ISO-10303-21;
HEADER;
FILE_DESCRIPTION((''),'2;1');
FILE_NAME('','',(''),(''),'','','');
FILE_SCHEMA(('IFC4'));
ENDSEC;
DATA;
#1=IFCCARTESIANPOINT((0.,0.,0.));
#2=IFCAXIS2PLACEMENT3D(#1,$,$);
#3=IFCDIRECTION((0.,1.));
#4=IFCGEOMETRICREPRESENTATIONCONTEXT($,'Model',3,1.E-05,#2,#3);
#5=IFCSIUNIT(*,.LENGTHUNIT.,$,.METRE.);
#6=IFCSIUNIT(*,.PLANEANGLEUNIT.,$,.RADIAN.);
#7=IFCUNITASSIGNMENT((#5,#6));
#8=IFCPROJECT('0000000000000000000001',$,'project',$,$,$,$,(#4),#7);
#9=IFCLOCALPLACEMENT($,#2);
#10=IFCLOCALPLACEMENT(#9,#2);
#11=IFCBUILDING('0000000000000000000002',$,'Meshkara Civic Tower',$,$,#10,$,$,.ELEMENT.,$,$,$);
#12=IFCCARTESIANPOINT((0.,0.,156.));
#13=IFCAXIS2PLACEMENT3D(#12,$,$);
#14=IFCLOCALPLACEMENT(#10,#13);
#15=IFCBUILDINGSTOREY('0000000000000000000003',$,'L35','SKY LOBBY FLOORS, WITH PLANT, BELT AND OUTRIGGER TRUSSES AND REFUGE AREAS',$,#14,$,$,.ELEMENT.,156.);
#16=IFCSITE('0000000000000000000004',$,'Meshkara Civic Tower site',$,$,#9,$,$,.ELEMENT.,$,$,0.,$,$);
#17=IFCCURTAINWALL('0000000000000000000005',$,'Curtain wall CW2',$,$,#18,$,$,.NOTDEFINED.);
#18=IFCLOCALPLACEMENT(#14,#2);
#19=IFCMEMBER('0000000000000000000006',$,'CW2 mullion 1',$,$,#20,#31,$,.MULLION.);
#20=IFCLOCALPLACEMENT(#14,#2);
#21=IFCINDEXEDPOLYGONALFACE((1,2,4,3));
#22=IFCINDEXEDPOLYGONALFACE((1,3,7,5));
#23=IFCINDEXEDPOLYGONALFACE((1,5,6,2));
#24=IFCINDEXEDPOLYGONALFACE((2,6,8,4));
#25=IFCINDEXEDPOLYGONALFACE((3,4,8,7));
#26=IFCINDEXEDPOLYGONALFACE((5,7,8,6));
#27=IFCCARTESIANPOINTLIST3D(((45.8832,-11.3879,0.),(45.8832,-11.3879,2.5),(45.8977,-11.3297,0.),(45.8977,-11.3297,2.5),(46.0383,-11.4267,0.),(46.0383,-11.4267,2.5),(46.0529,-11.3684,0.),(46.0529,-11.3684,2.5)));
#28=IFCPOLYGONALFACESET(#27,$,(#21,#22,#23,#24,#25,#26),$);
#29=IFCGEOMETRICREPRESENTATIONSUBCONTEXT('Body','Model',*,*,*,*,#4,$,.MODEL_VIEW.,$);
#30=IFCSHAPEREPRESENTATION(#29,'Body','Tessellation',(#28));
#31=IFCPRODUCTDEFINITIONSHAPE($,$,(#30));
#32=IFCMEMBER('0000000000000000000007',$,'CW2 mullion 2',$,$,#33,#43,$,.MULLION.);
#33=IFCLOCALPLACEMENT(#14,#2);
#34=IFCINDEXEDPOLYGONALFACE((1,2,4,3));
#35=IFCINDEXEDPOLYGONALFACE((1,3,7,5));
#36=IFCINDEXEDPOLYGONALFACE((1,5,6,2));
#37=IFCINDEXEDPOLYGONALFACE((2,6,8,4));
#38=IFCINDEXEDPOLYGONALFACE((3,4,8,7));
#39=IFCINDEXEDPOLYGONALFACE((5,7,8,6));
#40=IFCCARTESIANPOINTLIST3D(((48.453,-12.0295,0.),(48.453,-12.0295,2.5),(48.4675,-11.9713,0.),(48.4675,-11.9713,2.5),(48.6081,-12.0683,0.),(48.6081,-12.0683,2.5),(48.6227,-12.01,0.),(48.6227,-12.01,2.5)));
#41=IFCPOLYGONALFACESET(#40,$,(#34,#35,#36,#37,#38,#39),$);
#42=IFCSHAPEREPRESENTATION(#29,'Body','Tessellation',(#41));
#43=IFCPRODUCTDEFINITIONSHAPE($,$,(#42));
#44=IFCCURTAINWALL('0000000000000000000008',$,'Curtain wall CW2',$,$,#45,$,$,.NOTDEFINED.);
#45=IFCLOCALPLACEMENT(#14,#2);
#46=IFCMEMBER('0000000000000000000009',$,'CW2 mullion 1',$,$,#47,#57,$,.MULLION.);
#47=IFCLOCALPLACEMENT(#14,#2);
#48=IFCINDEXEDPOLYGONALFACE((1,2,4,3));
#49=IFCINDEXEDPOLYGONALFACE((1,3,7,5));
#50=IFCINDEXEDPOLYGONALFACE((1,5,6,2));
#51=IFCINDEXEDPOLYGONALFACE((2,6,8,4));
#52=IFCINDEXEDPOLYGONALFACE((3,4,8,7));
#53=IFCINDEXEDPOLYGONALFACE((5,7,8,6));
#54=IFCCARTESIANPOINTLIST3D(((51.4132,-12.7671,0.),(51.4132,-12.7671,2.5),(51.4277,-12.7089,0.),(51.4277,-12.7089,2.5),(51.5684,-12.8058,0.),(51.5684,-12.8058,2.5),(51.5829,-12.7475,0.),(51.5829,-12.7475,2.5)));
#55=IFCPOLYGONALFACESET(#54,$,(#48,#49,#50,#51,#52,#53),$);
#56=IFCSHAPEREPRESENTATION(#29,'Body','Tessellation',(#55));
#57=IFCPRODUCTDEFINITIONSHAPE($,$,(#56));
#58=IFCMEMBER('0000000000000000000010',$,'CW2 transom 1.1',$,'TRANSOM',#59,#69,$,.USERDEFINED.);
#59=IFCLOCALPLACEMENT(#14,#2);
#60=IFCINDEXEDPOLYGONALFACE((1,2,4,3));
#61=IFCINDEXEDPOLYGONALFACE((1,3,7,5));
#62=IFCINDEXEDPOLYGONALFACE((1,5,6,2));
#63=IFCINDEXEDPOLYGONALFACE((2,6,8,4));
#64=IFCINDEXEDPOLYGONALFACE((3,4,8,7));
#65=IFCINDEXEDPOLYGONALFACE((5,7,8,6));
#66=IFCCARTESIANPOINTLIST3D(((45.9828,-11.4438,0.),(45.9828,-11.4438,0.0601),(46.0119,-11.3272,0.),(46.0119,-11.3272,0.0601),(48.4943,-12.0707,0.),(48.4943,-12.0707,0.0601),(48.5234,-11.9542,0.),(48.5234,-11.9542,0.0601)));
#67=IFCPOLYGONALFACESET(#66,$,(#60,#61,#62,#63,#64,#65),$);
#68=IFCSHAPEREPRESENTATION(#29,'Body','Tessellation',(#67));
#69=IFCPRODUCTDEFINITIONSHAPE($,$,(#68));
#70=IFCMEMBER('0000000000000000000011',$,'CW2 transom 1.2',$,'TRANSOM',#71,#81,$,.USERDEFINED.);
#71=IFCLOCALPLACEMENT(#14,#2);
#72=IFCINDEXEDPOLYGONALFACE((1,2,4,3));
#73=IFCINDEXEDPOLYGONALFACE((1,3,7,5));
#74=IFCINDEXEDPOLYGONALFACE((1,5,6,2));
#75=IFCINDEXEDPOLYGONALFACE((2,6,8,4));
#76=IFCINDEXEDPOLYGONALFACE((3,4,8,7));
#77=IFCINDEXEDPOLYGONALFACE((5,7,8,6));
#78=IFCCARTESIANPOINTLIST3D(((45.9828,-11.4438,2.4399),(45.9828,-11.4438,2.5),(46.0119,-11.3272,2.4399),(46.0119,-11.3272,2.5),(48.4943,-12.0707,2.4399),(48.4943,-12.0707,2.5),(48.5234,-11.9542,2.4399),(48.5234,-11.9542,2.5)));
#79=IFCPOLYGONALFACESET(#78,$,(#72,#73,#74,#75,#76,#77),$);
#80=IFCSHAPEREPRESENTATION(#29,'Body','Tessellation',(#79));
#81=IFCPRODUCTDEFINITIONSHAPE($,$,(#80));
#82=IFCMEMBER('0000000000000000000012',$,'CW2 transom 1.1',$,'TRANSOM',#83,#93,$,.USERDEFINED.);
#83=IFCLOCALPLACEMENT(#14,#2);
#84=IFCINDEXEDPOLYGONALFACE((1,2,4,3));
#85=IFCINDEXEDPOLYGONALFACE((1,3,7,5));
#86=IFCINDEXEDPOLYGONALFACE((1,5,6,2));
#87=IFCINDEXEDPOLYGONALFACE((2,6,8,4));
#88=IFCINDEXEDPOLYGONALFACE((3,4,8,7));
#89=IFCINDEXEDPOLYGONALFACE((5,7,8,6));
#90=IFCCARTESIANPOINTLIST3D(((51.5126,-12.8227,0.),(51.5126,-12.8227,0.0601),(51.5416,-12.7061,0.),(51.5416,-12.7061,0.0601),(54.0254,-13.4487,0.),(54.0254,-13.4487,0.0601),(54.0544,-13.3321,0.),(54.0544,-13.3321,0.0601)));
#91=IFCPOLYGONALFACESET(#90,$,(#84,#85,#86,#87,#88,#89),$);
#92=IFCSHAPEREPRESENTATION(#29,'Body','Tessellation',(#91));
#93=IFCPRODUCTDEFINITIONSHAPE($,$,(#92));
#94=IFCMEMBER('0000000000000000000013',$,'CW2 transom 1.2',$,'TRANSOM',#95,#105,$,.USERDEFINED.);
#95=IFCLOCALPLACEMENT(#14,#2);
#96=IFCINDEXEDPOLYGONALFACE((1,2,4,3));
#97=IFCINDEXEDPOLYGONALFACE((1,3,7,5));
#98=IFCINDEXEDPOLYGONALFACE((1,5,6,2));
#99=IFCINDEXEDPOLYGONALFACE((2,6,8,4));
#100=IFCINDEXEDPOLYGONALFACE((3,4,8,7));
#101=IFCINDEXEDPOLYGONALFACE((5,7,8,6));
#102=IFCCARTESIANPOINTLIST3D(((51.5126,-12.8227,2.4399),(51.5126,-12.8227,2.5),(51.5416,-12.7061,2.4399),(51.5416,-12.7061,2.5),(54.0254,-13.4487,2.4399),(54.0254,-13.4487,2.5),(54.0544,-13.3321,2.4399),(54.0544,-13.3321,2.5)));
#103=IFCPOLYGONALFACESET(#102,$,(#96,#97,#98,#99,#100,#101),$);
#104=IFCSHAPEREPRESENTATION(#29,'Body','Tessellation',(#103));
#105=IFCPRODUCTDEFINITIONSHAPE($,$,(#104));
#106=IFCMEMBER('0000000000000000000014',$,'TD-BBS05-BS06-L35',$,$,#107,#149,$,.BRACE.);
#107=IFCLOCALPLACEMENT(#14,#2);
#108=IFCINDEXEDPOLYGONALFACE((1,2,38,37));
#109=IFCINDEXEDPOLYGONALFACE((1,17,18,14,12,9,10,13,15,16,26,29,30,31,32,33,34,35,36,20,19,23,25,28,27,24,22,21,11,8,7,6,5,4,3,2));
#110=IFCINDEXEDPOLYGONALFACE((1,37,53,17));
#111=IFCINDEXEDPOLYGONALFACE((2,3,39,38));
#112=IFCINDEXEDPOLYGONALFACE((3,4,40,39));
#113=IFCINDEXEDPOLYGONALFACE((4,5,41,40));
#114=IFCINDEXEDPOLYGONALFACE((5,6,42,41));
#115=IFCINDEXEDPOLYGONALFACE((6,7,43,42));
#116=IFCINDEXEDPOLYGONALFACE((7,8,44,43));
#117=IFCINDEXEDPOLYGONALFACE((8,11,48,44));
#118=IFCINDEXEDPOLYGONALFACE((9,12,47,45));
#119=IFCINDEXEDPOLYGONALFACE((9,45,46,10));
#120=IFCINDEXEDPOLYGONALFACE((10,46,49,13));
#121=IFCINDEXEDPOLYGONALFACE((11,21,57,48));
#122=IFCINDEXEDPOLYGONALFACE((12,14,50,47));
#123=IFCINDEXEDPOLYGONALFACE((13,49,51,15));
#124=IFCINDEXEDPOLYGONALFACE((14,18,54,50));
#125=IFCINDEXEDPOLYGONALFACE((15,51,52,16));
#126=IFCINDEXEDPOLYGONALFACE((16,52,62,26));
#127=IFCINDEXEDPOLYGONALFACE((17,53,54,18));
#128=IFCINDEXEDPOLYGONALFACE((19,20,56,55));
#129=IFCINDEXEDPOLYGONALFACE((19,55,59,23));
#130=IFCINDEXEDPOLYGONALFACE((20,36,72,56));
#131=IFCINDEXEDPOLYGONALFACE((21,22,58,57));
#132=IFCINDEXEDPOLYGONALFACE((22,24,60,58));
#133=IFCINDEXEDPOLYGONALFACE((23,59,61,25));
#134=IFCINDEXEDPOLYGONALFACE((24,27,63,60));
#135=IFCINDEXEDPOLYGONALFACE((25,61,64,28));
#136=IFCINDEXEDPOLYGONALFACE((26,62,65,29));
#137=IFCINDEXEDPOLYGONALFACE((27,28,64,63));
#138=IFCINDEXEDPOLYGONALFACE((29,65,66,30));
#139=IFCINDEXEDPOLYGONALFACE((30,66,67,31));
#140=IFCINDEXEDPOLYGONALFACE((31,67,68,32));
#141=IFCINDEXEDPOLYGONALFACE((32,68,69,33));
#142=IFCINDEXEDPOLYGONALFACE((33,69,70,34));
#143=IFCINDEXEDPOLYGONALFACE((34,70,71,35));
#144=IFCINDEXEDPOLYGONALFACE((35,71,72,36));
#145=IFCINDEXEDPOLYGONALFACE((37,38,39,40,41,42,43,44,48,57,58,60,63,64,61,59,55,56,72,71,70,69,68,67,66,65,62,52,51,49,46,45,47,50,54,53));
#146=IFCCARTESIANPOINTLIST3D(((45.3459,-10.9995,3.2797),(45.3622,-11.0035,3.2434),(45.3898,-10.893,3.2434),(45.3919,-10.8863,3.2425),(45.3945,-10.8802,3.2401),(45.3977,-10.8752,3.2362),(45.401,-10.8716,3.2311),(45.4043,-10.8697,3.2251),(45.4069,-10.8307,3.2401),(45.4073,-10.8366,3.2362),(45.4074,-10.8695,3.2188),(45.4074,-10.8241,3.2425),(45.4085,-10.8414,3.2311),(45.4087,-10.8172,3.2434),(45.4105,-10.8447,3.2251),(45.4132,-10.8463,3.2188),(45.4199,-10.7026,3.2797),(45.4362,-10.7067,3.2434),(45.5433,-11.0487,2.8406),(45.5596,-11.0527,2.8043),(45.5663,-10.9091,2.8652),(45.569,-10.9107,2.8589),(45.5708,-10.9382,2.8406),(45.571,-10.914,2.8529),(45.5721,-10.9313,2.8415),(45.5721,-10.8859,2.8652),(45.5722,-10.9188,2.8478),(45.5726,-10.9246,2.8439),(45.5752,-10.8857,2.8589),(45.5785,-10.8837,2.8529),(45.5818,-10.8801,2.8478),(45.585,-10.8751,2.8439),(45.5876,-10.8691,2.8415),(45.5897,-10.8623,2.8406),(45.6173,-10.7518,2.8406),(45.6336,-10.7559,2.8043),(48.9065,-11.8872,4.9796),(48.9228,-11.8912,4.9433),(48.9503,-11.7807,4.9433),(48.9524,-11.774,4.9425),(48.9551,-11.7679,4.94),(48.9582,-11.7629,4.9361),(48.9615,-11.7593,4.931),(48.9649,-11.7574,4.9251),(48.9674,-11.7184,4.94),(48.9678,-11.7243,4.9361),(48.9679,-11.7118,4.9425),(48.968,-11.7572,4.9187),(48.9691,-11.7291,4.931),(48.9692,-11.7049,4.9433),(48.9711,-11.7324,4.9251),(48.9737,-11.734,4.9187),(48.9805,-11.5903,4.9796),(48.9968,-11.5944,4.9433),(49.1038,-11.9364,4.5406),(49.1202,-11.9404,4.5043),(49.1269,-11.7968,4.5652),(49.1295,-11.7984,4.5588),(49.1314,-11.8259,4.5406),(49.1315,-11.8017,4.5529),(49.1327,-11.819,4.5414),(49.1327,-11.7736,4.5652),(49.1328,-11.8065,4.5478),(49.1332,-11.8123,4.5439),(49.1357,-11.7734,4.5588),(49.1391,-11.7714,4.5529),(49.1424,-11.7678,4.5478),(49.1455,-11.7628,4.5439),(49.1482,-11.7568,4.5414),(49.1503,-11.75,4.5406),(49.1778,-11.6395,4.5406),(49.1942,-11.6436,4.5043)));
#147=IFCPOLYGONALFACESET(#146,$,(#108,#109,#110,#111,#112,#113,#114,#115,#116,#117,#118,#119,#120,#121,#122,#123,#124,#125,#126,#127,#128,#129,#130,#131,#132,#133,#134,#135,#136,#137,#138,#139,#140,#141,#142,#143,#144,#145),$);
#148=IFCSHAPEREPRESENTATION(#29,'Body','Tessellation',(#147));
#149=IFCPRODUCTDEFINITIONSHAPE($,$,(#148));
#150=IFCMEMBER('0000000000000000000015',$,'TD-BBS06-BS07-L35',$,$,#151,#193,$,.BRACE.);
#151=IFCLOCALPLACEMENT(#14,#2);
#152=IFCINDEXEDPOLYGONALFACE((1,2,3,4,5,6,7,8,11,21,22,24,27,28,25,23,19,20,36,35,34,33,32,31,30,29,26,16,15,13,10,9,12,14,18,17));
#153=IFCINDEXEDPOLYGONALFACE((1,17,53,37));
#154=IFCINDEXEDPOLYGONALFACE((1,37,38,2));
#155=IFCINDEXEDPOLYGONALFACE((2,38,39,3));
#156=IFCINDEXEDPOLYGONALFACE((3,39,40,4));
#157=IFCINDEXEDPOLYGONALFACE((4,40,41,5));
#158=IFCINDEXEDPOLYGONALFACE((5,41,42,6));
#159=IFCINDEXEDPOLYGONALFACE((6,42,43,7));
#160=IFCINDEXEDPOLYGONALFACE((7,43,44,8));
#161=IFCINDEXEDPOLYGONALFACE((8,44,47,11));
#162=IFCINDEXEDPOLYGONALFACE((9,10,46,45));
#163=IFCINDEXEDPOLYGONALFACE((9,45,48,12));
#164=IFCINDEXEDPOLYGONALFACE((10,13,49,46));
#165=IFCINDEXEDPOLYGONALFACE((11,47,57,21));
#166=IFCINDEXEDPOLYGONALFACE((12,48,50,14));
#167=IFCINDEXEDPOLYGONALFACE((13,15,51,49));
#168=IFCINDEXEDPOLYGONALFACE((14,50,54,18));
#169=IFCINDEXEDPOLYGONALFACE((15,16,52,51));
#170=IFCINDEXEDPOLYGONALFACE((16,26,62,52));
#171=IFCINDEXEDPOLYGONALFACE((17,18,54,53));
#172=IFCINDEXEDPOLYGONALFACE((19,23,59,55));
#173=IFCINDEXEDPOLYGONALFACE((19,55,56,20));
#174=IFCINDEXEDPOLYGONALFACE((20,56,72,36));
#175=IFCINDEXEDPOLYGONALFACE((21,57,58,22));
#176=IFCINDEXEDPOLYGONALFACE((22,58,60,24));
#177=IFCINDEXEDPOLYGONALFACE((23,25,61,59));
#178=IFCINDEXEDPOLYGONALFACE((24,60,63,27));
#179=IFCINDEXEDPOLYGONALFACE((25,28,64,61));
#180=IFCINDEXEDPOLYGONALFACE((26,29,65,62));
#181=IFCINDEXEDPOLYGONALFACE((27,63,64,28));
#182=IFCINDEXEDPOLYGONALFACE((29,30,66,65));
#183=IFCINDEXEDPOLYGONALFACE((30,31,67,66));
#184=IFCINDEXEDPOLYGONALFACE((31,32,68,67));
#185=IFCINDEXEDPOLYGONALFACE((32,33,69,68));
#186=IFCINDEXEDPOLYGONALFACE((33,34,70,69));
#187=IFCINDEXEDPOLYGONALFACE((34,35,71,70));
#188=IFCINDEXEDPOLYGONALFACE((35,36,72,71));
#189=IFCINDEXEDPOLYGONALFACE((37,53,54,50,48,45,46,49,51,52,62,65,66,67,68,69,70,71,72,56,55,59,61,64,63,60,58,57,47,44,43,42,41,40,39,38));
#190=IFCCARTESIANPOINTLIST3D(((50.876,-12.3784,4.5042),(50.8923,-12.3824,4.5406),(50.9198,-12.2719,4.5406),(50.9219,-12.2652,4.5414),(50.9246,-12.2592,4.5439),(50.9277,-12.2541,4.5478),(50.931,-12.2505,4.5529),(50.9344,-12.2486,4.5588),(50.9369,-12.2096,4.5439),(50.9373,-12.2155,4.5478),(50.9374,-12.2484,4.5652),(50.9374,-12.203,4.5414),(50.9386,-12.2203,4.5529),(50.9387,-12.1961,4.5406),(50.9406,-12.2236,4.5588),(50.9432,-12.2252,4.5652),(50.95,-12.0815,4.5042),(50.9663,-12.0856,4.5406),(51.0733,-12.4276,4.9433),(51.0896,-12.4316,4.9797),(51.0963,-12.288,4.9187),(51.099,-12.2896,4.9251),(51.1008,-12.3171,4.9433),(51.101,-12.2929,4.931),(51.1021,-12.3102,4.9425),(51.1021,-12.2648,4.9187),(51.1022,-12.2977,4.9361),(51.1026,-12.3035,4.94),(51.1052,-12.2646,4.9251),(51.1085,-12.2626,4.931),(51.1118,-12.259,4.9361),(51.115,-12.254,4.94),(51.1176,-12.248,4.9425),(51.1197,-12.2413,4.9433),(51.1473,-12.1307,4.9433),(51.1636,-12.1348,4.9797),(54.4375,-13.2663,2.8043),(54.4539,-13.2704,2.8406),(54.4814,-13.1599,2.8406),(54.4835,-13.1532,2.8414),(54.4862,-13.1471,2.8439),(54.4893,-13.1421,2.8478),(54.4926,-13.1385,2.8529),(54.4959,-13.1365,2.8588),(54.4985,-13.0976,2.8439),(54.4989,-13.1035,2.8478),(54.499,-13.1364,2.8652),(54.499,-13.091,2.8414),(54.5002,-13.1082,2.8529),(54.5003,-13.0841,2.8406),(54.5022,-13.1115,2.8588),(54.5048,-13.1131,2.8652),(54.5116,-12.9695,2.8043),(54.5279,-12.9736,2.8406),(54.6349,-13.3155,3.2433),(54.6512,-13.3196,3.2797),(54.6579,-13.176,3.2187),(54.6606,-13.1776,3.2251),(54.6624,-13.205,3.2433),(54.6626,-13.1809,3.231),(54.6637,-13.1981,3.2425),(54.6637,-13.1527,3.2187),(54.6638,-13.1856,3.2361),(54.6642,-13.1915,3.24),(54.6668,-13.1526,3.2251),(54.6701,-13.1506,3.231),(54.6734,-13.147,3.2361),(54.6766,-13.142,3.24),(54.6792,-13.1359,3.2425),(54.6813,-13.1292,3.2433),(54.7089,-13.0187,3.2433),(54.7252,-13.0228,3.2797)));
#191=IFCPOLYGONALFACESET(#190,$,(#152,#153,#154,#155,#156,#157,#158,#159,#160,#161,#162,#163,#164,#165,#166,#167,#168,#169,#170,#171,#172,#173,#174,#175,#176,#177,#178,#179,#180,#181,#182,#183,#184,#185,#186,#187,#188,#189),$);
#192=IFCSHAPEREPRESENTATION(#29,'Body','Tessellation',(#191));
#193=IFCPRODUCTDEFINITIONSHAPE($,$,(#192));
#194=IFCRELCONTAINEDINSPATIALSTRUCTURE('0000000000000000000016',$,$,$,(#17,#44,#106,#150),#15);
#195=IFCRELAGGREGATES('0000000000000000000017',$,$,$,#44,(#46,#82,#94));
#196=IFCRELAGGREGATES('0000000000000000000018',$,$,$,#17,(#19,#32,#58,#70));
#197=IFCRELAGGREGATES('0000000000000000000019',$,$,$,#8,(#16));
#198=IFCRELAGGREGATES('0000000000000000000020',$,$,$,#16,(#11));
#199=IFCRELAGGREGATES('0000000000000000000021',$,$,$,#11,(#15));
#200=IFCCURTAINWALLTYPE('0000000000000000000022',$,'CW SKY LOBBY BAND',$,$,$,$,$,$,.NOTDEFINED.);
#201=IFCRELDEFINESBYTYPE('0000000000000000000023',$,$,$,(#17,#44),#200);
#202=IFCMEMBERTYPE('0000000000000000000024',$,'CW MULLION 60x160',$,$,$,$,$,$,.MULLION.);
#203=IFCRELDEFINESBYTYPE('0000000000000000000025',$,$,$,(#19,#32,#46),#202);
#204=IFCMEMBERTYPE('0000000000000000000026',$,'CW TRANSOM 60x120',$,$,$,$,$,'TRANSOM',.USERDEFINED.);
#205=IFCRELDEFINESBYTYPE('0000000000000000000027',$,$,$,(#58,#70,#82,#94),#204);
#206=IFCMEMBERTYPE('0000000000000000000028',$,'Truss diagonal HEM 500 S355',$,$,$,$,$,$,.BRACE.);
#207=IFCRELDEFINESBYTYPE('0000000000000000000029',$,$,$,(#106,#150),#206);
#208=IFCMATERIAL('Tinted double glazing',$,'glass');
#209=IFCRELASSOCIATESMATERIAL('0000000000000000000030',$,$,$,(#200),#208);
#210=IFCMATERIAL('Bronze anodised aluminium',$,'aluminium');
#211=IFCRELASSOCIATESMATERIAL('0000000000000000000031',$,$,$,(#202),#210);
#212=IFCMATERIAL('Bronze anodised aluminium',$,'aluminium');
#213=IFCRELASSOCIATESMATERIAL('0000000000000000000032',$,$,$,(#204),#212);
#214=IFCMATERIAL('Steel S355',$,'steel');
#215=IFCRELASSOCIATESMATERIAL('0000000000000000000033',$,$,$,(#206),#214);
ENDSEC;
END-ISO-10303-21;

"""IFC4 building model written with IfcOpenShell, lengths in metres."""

from ifc_helpers import new_model, si_unit, direction, frame, origin, origin_2d, place, context, subcontext, project, spatial, rectangle, i_section, extrude, material, material_profile, profile_set, type_object, element, aggregate, save


model = new_model("IFC4")

# Units and contexts
model_context = context("Model", 3, precision=1e-05, world=origin(), true_north=direction((0.0, 1.0)))
body_context = subcontext(model_context, "Body", "Model", "MODEL_VIEW")
ifc_project = project(units=[si_unit("LENGTHUNIT", "METRE"), si_unit("PLANEANGLEUNIT", "RADIAN")], contexts=[model_context])

# Site, building, storey
site_placement = place(None, origin())
site = spatial("IfcSite", under=ifc_project, at=site_placement, Name="Meshkara Civic Tower site", CompositionType="ELEMENT", RefElevation=0.0)
building_placement = place(site_placement, origin())
building = spatial("IfcBuilding", under=site, at=building_placement, Name="Meshkara Civic Tower", CompositionType="ELEMENT")
storey_placement = place(building_placement, frame((0.0, 0.0, 156.0)))
storey = spatial("IfcBuildingStorey", under=building, at=storey_placement, Name="L35", Description="SKY LOBBY FLOORS, WITH PLANT, BELT AND OUTRIGGER TRUSSES AND REFUGE AREAS", CompositionType="ELEMENT", Elevation=156.0)

# Curtain wall, members
ifc_material_1 = material(Name="Tinted double glazing", Category="glass")
curtain_wall_type = type_object("IfcCurtainWallType", Name="CW SKY LOBBY BAND", PredefinedType="NOTDEFINED", material=ifc_material_1)
curtain_wall_1_placement = place(storey_placement, origin())
curtain_wall_1 = element("IfcCurtainWall", 1, at=curtain_wall_1_placement, inside=storey, type_object=curtain_wall_type, Name="Curtain wall CW2", PredefinedType="NOTDEFINED")
ifc_material_2 = material(Name="Bronze anodised aluminium", Category="aluminium")
ifc_material_profile_1 = material_profile(ifc_material_2, rectangle(XDim=0.0601, YDim=0.1599, at=origin_2d()))
ifc_profile_set_1 = profile_set([ifc_material_profile_1], Name="Bronze anodised aluminium")
member_type_1 = type_object("IfcMemberType", Name="CW MULLION 60x160", PredefinedType="MULLION", material=ifc_profile_set_1)
member_1_placement = place(storey_placement, frame((45.968, -11.3782, 0.0), z_axis=(0.0, 0.0, 1.0), x_axis=(0.242188, 0.970229, 0.0)))
member_1 = element("IfcMember", 2, at=member_1_placement, type_object=member_type_1, Name="CW2 mullion 1", PredefinedType="MULLION", context=body_context, shape_type="SweptSolid", body=[
    extrude(rectangle(XDim=0.0601, YDim=0.1599, at=origin_2d()), origin(), (0.0, 0.0, 1.0), 2.5),
])
member_2_placement = place(storey_placement, frame((48.5378, -12.0198, 0.0), z_axis=(0.0, 0.0, 1.0), x_axis=(0.242188, 0.970229, 0.0)))
member_2 = element("IfcMember", 3, at=member_2_placement, type_object=member_type_1, Name="CW2 mullion 2", PredefinedType="MULLION", context=body_context, shape_type="SweptSolid", body=[
    extrude(rectangle(XDim=0.0601, YDim=0.1599, at=origin_2d()), origin(), (0.0, 0.0, 1.0), 2.5),
])

# Curtain wall, member
curtain_wall_2_placement = place(storey_placement, origin())
curtain_wall_2 = element("IfcCurtainWall", 4, at=curtain_wall_2_placement, inside=storey, type_object=curtain_wall_type, Name="Curtain wall CW2", PredefinedType="NOTDEFINED")
member_3_placement = place(storey_placement, frame((51.498, -12.7573, 0.0), z_axis=(0.0, 0.0, 1.0), x_axis=(0.241754, 0.970338, 0.0)))
member_3 = element("IfcMember", 5, at=member_3_placement, type_object=member_type_1, Name="CW2 mullion 1", PredefinedType="MULLION", context=body_context, shape_type="SweptSolid", body=[
    extrude(rectangle(XDim=0.0601, YDim=0.1599, at=origin_2d()), origin(), (0.0, 0.0, 1.0), 2.5),
])

# Members
ifc_material_3 = material(Name="Bronze anodised aluminium", Category="aluminium")
ifc_material_profile_2 = material_profile(ifc_material_3, rectangle(XDim=0.1201, YDim=0.0601, at=origin_2d()))
ifc_profile_set_2 = profile_set([ifc_material_profile_2], Name="Bronze anodised aluminium")
member_type_2 = type_object("IfcMemberType", Name="CW TRANSOM 60x120", ElementType="TRANSOM", PredefinedType="USERDEFINED", material=ifc_profile_set_2)
member_4_placement = place(storey_placement, frame((45.9973, -11.3855, 0.03), z_axis=(0.970226, -0.242203, 0.0), x_axis=(0.242203, 0.970226, 0.0)))
member_4 = element("IfcMember", 6, at=member_4_placement, type_object=member_type_2, Name="CW2 transom 1.1", ObjectType="TRANSOM", PredefinedType="USERDEFINED", context=body_context, shape_type="SweptSolid", body=[
    extrude(rectangle(XDim=0.1201, YDim=0.0601, at=origin_2d()), origin(), (0.0, 0.0, 1.0), 2.5886),
])
member_5_placement = place(storey_placement, frame((45.9973, -11.3855, 2.47), z_axis=(0.970226, -0.242203, 0.0), x_axis=(0.242203, 0.970226, 0.0)))
member_5 = element("IfcMember", 7, at=member_5_placement, type_object=member_type_2, Name="CW2 transom 1.2", ObjectType="TRANSOM", PredefinedType="USERDEFINED", context=body_context, shape_type="SweptSolid", body=[
    extrude(rectangle(XDim=0.1201, YDim=0.0601, at=origin_2d()), origin(), (0.0, 0.0, 1.0), 2.5886),
])
member_6_placement = place(storey_placement, frame((51.5271, -12.7644, 0.03), z_axis=(0.970342, -0.241737, 0.0), x_axis=(0.241737, 0.970342, 0.0)))
member_6 = element("IfcMember", 8, at=member_6_placement, type_object=member_type_2, Name="CW2 transom 1.1", ObjectType="TRANSOM", PredefinedType="USERDEFINED", context=body_context, shape_type="SweptSolid", body=[
    extrude(rectangle(XDim=0.1201, YDim=0.0601, at=origin_2d()), origin(), (0.0, 0.0, 1.0), 2.5896),
])
member_7_placement = place(storey_placement, frame((51.5271, -12.7644, 2.47), z_axis=(0.970342, -0.241737, 0.0), x_axis=(0.241737, 0.970342, 0.0)))
member_7 = element("IfcMember", 9, at=member_7_placement, type_object=member_type_2, Name="CW2 transom 1.2", ObjectType="TRANSOM", PredefinedType="USERDEFINED", context=body_context, shape_type="SweptSolid", body=[
    extrude(rectangle(XDim=0.1201, YDim=0.0601, at=origin_2d()), origin(), (0.0, 0.0, 1.0), 2.5896),
])
aggregate(curtain_wall_2, [member_3, member_6, member_7])

# Members
ifc_material_4 = material(Name="Steel S355", Category="steel")
ifc_material_profile_3 = material_profile(ifc_material_4, i_section(OverallWidth=0.3059, OverallDepth=0.5239, WebThickness=0.0239, FlangeThickness=0.04, FilletRadius=0.0271, at=origin_2d()))
ifc_profile_set_3 = profile_set([ifc_material_profile_3], Name="Steel S355")
member_type_3 = type_object("IfcMemberType", Name="Truss diagonal HEM 500 S355", PredefinedType="BRACE", material=ifc_profile_set_3)
member_8_placement = place(storey_placement, frame((45.4897, -10.8777, 3.042), z_axis=(0.880414, -0.2195, 0.420346), x_axis=(0.241909, 0.970299, 0.0)))
element("IfcMember", 10, at=member_8_placement, inside=storey, type_object=member_type_3, Name="TD-BBS05-BS06-L35", PredefinedType="BRACE", context=body_context, shape_type="SweptSolid", body=[
    extrude(i_section(OverallWidth=0.3059, OverallDepth=0.5239, WebThickness=0.0239, FlangeThickness=0.04, FilletRadius=0.0271, at=origin_2d()), origin(), (0.0, 0.0, 1.0), 4.0442),
])
member_9_placement = place(storey_placement, frame((51.0198, -12.2566, 4.7419), z_axis=(0.880457, -0.219511, -0.420251), x_axis=(0.24191, 0.970299, 0.0)))
element("IfcMember", 11, at=member_9_placement, inside=storey, type_object=member_type_3, Name="TD-BBS06-BS07-L35", PredefinedType="BRACE", context=body_context, shape_type="SweptSolid", body=[
    extrude(i_section(OverallWidth=0.3059, OverallDepth=0.5239, WebThickness=0.0239, FlangeThickness=0.04, FilletRadius=0.0271, at=origin_2d()), origin(), (0.0, 0.0, 1.0), 4.0452),
])

aggregate(curtain_wall_1, [member_1, member_2, member_4, member_5])

save(model, "model.ifc")
